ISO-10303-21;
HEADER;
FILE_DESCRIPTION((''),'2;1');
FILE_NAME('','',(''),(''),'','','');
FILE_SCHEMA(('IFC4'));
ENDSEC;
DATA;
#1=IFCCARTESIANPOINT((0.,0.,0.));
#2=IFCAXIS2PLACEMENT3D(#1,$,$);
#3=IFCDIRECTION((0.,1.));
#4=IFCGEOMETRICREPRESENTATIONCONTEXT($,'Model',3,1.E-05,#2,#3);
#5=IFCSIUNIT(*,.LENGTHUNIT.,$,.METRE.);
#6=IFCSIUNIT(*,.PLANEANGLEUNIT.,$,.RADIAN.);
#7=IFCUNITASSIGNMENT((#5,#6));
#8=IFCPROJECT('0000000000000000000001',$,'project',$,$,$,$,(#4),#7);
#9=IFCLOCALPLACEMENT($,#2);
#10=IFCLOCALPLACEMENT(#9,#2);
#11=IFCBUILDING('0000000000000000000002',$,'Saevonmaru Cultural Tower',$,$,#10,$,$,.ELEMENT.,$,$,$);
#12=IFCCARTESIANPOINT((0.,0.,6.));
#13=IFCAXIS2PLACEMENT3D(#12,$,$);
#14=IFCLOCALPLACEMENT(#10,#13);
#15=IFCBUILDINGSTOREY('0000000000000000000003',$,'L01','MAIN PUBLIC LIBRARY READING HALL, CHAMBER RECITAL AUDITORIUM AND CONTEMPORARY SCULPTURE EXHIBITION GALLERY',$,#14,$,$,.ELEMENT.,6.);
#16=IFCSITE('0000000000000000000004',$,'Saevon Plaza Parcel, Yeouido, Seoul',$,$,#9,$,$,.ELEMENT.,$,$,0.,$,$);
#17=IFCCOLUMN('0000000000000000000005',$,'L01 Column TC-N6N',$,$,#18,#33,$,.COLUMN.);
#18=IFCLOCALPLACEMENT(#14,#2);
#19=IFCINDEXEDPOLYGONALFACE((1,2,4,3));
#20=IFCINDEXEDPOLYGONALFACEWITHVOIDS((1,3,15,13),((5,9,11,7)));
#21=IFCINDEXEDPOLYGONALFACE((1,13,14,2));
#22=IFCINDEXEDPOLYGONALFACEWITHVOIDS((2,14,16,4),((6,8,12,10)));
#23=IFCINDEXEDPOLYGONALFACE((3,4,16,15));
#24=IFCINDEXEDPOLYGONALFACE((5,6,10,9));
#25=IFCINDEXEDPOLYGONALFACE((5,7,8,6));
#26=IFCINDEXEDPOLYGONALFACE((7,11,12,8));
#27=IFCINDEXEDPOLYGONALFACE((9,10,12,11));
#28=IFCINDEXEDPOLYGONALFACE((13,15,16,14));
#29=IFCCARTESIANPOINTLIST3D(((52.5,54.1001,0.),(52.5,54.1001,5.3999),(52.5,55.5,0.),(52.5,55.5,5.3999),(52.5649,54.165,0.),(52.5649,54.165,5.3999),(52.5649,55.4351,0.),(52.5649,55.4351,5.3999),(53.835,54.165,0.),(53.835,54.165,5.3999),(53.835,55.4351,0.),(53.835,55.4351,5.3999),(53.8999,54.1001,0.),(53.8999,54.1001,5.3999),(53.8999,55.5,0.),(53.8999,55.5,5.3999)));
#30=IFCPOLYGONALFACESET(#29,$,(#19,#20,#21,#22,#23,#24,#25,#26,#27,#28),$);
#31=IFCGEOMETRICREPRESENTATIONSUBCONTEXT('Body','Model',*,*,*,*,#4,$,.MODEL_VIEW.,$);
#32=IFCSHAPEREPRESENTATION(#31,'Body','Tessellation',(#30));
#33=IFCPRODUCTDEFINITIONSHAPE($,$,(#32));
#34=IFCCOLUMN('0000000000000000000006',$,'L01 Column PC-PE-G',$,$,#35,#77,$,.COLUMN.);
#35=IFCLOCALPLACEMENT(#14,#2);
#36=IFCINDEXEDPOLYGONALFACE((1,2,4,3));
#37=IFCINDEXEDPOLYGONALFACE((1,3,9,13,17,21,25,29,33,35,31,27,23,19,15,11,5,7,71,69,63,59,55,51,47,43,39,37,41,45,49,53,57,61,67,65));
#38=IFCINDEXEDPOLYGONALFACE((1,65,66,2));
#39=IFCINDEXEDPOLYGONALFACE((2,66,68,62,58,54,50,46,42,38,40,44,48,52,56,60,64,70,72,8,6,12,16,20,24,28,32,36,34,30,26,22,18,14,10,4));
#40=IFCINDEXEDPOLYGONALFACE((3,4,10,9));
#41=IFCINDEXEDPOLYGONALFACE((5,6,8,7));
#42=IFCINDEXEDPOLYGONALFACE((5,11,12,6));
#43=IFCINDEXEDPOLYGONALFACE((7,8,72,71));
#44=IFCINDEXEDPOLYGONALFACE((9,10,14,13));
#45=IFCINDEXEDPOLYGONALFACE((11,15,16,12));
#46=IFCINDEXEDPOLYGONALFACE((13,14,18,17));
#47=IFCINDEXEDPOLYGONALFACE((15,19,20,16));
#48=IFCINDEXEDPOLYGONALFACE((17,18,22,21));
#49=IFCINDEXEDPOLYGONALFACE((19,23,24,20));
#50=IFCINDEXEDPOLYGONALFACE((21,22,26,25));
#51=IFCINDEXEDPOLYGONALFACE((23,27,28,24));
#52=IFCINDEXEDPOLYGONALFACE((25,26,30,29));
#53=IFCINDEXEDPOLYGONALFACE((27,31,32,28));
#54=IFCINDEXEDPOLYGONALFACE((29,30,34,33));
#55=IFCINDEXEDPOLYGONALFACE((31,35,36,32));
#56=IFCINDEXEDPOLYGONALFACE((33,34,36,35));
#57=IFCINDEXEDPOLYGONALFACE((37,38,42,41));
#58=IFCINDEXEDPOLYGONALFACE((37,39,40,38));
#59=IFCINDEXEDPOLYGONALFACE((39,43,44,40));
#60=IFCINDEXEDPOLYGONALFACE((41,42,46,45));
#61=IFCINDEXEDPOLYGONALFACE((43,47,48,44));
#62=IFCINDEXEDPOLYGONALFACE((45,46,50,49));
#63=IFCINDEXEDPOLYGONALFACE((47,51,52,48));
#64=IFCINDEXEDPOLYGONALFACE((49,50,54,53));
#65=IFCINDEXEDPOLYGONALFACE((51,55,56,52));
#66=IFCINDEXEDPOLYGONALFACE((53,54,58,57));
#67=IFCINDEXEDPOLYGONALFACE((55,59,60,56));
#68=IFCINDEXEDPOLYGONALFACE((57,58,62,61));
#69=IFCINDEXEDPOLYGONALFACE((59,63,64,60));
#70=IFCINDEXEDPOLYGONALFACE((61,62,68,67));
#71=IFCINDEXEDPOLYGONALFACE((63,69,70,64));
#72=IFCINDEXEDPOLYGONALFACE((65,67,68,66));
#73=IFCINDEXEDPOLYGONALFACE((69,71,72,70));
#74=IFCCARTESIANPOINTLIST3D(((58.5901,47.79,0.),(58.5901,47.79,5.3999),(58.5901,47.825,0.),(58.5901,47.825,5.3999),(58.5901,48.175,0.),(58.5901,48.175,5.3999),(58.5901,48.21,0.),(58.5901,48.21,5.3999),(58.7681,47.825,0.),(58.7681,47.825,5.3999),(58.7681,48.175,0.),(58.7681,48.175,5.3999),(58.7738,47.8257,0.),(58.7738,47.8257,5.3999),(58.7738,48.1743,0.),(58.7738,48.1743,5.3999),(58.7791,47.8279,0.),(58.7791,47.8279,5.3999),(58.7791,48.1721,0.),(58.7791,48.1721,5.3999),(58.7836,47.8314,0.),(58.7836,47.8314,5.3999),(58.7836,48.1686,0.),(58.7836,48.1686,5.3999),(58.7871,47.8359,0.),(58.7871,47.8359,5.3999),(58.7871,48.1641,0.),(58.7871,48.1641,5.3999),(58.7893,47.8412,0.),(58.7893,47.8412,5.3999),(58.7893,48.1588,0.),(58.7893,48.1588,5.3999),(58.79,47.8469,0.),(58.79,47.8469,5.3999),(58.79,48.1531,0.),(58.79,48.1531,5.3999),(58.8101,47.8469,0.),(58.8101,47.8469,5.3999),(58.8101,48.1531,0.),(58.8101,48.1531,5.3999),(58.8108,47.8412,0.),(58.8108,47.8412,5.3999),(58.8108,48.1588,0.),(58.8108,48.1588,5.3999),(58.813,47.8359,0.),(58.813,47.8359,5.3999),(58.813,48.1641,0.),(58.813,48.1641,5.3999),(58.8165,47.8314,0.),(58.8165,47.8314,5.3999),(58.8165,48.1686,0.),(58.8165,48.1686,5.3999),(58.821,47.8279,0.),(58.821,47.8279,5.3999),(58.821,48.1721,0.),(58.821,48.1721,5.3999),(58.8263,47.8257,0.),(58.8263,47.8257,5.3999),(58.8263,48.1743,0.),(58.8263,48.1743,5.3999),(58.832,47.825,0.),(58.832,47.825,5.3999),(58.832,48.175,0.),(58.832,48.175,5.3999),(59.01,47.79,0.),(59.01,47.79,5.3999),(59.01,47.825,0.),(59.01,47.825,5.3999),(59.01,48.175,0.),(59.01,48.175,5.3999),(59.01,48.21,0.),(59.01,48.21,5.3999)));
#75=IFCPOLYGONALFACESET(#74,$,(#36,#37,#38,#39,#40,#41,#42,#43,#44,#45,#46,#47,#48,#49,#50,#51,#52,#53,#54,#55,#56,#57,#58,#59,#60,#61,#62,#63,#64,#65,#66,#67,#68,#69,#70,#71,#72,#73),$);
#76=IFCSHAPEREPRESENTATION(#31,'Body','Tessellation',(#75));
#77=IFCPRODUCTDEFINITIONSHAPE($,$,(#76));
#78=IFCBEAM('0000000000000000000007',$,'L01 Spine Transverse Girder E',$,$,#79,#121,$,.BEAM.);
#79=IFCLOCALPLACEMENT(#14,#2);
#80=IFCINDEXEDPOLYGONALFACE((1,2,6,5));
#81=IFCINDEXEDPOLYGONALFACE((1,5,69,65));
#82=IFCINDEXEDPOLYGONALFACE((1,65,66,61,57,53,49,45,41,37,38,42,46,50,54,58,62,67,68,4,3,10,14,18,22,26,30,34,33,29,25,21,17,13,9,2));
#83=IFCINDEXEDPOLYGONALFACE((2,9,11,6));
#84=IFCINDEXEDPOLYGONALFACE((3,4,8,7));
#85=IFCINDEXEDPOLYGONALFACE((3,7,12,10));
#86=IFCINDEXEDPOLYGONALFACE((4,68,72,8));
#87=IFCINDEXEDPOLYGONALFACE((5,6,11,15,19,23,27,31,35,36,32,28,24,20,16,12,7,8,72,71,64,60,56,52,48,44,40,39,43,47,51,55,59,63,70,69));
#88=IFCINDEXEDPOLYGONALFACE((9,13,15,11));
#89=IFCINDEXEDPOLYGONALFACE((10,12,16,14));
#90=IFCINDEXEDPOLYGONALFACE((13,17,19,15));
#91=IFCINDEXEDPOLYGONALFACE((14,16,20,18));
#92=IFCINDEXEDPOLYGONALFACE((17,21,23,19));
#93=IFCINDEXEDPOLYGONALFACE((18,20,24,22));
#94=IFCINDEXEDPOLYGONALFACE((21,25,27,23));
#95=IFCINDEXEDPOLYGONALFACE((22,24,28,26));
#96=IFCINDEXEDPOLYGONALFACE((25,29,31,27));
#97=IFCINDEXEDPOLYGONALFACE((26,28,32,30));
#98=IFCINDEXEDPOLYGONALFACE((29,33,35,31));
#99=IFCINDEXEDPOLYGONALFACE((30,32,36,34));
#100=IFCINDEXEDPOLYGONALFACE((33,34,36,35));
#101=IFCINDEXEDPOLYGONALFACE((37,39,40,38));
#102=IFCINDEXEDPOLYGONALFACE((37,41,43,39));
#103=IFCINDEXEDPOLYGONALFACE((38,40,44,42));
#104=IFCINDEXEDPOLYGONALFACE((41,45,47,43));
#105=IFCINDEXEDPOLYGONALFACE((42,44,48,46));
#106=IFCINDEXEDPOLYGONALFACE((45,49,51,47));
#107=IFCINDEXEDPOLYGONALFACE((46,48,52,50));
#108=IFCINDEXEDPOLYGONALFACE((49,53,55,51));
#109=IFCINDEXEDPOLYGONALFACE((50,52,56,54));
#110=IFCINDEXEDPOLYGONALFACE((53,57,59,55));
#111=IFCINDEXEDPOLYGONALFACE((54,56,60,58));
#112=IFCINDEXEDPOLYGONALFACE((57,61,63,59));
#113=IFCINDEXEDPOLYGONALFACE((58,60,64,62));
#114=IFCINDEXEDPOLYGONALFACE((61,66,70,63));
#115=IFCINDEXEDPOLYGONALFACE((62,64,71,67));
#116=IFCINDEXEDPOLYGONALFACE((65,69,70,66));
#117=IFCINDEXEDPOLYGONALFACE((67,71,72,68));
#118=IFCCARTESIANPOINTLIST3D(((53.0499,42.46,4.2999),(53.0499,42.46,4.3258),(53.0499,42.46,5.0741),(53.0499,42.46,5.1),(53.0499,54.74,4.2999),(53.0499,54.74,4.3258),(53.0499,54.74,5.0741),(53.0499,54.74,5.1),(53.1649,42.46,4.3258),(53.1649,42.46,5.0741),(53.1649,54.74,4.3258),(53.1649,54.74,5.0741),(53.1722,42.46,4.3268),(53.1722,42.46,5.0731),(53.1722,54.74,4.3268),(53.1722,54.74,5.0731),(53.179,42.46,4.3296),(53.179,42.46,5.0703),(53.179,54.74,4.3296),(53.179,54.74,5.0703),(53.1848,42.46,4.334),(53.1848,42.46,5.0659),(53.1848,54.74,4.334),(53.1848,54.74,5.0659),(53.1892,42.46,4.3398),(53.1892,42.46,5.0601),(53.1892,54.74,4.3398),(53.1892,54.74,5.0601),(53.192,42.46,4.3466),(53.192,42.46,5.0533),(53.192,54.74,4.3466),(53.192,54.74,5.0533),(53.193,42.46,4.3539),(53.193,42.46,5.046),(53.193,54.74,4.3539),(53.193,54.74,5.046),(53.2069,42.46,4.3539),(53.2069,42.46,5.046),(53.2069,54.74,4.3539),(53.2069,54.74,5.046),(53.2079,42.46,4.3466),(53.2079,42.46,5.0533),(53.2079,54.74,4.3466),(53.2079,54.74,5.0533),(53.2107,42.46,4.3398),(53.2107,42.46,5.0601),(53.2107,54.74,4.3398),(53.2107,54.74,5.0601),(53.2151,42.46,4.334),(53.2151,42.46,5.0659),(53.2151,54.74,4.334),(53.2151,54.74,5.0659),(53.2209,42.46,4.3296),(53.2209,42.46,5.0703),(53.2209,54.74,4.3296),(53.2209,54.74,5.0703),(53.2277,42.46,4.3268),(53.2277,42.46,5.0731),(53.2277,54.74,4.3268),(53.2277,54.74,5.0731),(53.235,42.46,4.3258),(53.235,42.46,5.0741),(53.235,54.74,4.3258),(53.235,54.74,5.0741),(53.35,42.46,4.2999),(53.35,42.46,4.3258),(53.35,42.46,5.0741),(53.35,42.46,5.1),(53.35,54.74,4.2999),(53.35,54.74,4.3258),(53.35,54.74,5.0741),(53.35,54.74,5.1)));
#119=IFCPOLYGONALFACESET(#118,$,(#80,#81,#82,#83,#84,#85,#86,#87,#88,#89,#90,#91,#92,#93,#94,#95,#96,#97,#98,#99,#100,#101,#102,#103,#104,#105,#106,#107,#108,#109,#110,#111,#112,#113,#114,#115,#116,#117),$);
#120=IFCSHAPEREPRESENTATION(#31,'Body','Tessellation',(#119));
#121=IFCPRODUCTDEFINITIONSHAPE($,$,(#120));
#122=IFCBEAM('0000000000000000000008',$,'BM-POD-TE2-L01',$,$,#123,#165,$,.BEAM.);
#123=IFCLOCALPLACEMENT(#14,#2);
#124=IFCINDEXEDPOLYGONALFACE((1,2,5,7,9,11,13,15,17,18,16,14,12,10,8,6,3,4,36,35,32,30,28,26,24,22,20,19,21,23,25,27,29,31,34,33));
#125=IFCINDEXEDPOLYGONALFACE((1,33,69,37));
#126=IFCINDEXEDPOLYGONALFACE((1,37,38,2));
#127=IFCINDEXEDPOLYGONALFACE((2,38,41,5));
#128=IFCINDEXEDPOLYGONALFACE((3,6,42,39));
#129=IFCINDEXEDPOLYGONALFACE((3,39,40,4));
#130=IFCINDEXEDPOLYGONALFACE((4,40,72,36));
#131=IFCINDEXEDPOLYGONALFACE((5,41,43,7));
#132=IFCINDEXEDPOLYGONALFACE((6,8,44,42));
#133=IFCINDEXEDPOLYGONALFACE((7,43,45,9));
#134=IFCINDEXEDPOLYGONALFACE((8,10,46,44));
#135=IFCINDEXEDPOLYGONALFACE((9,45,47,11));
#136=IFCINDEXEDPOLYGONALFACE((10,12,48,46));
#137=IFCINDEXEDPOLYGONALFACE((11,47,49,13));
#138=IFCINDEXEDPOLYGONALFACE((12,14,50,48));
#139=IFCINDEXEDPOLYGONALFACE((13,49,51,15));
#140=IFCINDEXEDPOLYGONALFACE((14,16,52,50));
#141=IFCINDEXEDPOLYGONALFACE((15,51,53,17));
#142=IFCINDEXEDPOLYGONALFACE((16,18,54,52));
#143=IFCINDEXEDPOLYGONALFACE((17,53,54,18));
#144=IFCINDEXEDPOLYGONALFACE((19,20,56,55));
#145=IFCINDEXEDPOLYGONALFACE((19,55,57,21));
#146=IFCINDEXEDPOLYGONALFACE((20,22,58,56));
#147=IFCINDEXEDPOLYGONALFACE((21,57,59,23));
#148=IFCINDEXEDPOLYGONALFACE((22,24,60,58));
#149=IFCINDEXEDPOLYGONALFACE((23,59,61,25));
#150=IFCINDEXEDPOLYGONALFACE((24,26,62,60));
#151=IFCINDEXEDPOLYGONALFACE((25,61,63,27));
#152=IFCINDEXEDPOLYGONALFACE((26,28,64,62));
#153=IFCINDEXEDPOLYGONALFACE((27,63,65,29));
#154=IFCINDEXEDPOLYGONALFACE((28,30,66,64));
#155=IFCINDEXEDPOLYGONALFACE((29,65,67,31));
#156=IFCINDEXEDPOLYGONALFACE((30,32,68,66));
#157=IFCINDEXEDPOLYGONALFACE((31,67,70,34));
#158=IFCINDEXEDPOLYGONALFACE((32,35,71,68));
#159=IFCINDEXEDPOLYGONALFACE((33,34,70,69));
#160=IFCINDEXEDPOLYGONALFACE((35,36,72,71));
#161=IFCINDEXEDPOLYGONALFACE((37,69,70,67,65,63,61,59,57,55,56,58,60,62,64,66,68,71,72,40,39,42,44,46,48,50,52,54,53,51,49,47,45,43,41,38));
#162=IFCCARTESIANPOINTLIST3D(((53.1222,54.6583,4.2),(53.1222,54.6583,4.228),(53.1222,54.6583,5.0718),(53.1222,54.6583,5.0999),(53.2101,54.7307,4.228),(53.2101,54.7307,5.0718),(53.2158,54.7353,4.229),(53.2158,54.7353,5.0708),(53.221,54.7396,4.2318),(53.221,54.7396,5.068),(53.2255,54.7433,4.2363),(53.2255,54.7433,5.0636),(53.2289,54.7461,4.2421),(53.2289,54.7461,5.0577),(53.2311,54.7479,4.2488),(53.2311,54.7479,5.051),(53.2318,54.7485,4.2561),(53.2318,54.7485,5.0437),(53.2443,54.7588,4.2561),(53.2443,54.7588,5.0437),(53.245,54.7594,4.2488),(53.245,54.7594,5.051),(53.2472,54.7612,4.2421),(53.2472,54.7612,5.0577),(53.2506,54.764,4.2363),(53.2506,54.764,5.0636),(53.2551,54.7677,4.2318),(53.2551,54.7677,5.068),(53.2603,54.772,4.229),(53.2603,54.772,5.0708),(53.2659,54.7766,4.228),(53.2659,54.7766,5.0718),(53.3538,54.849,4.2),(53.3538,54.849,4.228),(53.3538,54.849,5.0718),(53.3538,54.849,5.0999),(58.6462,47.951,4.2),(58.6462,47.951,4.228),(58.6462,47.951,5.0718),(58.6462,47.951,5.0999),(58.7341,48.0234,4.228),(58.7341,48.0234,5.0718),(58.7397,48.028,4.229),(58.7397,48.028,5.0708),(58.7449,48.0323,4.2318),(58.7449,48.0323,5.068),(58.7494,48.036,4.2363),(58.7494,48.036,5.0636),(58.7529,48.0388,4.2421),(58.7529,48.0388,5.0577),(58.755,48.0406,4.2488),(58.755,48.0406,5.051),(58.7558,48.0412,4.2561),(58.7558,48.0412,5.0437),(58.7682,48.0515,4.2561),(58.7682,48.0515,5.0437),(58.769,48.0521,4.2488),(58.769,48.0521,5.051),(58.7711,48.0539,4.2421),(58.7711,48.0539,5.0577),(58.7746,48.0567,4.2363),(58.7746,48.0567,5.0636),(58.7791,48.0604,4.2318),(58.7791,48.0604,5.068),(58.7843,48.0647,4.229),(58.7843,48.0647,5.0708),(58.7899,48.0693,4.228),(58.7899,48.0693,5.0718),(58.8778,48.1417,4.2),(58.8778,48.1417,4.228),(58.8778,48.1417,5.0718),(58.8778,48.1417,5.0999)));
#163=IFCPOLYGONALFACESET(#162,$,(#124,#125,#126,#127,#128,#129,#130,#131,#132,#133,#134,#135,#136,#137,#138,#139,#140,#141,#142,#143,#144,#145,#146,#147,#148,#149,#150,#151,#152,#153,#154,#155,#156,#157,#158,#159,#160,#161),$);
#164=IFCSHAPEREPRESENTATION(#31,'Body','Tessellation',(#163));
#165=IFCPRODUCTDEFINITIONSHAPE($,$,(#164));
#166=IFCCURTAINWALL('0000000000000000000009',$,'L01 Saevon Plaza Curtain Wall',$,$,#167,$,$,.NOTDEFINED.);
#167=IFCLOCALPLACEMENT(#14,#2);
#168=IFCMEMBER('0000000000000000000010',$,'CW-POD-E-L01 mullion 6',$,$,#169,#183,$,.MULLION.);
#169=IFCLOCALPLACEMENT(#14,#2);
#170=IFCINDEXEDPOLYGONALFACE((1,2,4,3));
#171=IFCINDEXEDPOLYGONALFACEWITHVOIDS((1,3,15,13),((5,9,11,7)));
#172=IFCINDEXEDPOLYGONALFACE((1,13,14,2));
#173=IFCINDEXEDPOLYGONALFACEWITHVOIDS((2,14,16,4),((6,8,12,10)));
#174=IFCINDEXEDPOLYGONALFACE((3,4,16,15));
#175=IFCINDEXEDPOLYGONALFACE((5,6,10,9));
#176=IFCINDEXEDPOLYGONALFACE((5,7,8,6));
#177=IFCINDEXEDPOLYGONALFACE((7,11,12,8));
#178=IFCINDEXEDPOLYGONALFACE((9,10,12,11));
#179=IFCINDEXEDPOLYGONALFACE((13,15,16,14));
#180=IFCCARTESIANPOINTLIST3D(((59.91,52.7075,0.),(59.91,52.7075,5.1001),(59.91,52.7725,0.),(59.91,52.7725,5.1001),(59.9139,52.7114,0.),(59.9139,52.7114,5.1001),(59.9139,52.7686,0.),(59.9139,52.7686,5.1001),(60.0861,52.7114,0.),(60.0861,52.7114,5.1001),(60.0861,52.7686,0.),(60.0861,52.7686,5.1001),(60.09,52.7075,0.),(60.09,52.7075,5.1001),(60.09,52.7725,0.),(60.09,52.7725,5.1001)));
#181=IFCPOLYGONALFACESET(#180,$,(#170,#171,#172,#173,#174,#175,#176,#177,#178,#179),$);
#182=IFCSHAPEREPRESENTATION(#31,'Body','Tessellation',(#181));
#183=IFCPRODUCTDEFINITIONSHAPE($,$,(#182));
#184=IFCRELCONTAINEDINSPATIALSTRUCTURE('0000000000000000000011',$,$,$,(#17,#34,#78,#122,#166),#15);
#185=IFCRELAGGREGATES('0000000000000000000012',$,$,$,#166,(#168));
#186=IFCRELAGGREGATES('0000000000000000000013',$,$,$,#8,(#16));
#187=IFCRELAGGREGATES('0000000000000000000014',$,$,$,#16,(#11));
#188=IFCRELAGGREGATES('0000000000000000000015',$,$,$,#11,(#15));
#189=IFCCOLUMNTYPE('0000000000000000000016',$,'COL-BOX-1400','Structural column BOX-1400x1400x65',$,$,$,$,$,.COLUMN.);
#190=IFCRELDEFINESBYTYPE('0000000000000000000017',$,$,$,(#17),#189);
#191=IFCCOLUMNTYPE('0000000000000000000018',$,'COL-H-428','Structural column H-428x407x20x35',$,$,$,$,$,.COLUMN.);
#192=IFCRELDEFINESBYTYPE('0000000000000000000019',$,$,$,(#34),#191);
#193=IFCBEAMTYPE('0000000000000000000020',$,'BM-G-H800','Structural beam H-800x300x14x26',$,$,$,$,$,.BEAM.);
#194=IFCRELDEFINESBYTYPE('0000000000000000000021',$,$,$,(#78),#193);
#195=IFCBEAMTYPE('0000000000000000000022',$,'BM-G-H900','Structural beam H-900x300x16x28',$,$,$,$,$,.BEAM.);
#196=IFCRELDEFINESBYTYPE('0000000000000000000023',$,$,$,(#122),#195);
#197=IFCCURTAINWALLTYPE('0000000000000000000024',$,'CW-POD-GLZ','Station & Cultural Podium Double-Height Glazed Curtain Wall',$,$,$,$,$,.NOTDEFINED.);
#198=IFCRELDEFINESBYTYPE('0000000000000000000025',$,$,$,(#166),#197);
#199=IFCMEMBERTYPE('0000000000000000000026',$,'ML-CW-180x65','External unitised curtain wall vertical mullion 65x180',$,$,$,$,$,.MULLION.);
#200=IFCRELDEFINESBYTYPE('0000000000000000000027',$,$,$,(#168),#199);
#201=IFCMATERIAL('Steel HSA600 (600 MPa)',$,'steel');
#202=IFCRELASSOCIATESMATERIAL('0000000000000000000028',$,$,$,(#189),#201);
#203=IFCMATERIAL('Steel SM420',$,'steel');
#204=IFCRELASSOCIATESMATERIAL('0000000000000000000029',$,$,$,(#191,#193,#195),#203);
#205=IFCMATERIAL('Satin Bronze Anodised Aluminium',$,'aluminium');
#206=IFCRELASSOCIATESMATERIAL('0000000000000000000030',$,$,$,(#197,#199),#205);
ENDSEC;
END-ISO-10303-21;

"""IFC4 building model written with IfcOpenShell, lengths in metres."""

from ifc_helpers import new_model, si_unit, direction, frame, origin, origin_2d, place, context, subcontext, project, spatial, hollow_rectangle, i_section, extrude, material, material_profile, profile_set, type_object, element, aggregate, save


model = new_model("IFC4")

# Units and contexts
model_context = context("Model", 3, precision=1e-05, world=origin(), true_north=direction((0.0, 1.0)))
body_context = subcontext(model_context, "Body", "Model", "MODEL_VIEW")
ifc_project = project(units=[si_unit("LENGTHUNIT", "METRE"), si_unit("PLANEANGLEUNIT", "RADIAN")], contexts=[model_context])

# Site, building, storey
site_placement = place(None, origin())
site = spatial("IfcSite", under=ifc_project, at=site_placement, Name="Saevon Plaza Parcel, Yeouido, Seoul", CompositionType="ELEMENT", RefElevation=0.0)
building_placement = place(site_placement, origin())
building = spatial("IfcBuilding", under=site, at=building_placement, Name="Saevonmaru Cultural Tower", CompositionType="ELEMENT")
storey_placement = place(building_placement, frame((0.0, 0.0, 6.0)))
storey = spatial("IfcBuildingStorey", under=building, at=storey_placement, Name="L01", Description="MAIN PUBLIC LIBRARY READING HALL, CHAMBER RECITAL AUDITORIUM AND CONTEMPORARY SCULPTURE EXHIBITION GALLERY", CompositionType="ELEMENT", Elevation=6.0)

# Columns
ifc_material_1 = material(Name="Steel HSA600 (600 MPa)", Category="steel")
ifc_material_profile_1 = material_profile(ifc_material_1, hollow_rectangle(XDim=1.3999, YDim=1.3999, WallThickness=0.0649, at=origin_2d()), Name="BOX-1400x1400x65")
ifc_profile_set_1 = profile_set([ifc_material_profile_1], Name="Steel HSA600 (600 MPa)")
column_type_1 = type_object("IfcColumnType", Name="COL-BOX-1400", Description="Structural column BOX-1400x1400x65", PredefinedType="COLUMN", material=ifc_profile_set_1)
column_1_placement = place(storey_placement, frame((53.2, 54.8, 0.0), z_axis=(0.0, 0.0, 1.0), x_axis=(1.0, 0.0, 0.0)))
element("IfcColumn", 1, at=column_1_placement, inside=storey, type_object=column_type_1, Name="L01 Column TC-N6N", PredefinedType="COLUMN", context=body_context, shape_type="SweptSolid", body=[
    extrude(hollow_rectangle(XDim=1.3999, YDim=1.3999, WallThickness=0.0649, at=origin_2d()), origin(), (0.0, 0.0, 1.0), 5.3999),
])
ifc_material_2 = material(Name="Steel SM420", Category="steel")
ifc_material_profile_2 = material_profile(ifc_material_2, i_section(OverallWidth=0.4199, OverallDepth=0.4199, WebThickness=0.02, FlangeThickness=0.0349, FilletRadius=0.022, at=origin_2d()), Name="H-428x407x20x35")
ifc_profile_set_2 = profile_set([ifc_material_profile_2], Name="Steel SM420")
column_type_2 = type_object("IfcColumnType", Name="COL-H-428", Description="Structural column H-428x407x20x35", PredefinedType="COLUMN", material=ifc_profile_set_2)
column_2_placement = place(storey_placement, frame((58.8, 48.0, 0.0), z_axis=(0.0, 0.0, 1.0), x_axis=(1.0, 0.0, 0.0)))
element("IfcColumn", 2, at=column_2_placement, inside=storey, type_object=column_type_2, Name="L01 Column PC-PE-G", PredefinedType="COLUMN", context=body_context, shape_type="SweptSolid", body=[
    extrude(i_section(OverallWidth=0.4199, OverallDepth=0.4199, WebThickness=0.02, FlangeThickness=0.0349, FilletRadius=0.022, at=origin_2d()), origin(), (0.0, 0.0, 1.0), 5.3999),
])

# Beams
ifc_material_profile_3 = material_profile(ifc_material_2, i_section(OverallWidth=0.3, OverallDepth=0.8, WebThickness=0.0139, FlangeThickness=0.0259, FilletRadius=0.0281, at=origin_2d()), Name="H-800x300x14x26")
ifc_profile_set_3 = profile_set([ifc_material_profile_3], Name="Steel SM420")
beam_type_1 = type_object("IfcBeamType", Name="BM-G-H800", Description="Structural beam H-800x300x14x26", PredefinedType="BEAM", material=ifc_profile_set_3)
beam_1_placement = place(storey_placement, frame((53.2, 54.74, 4.7), z_axis=(0.0, -1.0, 0.0), x_axis=(1.0, 0.0, 0.0)))
element("IfcBeam", 3, at=beam_1_placement, inside=storey, type_object=beam_type_1, Name="L01 Spine Transverse Girder E", PredefinedType="BEAM", context=body_context, shape_type="SweptSolid", body=[
    extrude(i_section(OverallWidth=0.3, OverallDepth=0.8, WebThickness=0.0139, FlangeThickness=0.0259, FilletRadius=0.0281, at=origin_2d()), origin(), (0.0, 0.0, 1.0), 12.28),
])
ifc_material_profile_4 = material_profile(ifc_material_2, i_section(OverallWidth=0.3, OverallDepth=0.8999, WebThickness=0.0161, FlangeThickness=0.0281, FilletRadius=0.0281, at=origin_2d()), Name="H-900x300x16x28")
ifc_profile_set_4 = profile_set([ifc_material_profile_4], Name="Steel SM420")
beam_type_2 = type_object("IfcBeamType", Name="BM-G-H900", Description="Structural beam H-900x300x16x28", PredefinedType="BEAM", material=ifc_profile_set_4)
beam_2_placement = place(storey_placement, frame((53.238, 54.7537, 4.6499), z_axis=(0.635727, -0.771914, 0.0), x_axis=(0.771914, 0.635727, 0.0)))
element("IfcBeam", 4, at=beam_2_placement, inside=storey, type_object=beam_type_2, Name="BM-POD-TE2-L01", PredefinedType="BEAM", context=body_context, shape_type="SweptSolid", body=[
    extrude(i_section(OverallWidth=0.3, OverallDepth=0.8999, WebThickness=0.0161, FlangeThickness=0.0281, FilletRadius=0.0281, at=origin_2d()), origin(), (0.0, 0.0, 1.0), 8.6892),
])

# Curtain wall, member
ifc_material_3 = material(Name="Satin Bronze Anodised Aluminium", Category="aluminium")
curtain_wall_type_1 = type_object("IfcCurtainWallType", Name="CW-POD-GLZ", Description="Station & Cultural Podium Double-Height Glazed Curtain Wall", PredefinedType="NOTDEFINED", material=ifc_material_3)
curtain_wall_1_placement = place(storey_placement, origin())
curtain_wall_1 = element("IfcCurtainWall", 5, at=curtain_wall_1_placement, inside=storey, type_object=curtain_wall_type_1, Name="L01 Saevon Plaza Curtain Wall", PredefinedType="NOTDEFINED")
ifc_material_profile_5 = material_profile(ifc_material_3, hollow_rectangle(XDim=0.0649, YDim=0.1799, WallThickness=0.0039, at=origin_2d()), Name="ALU-MULL-180x65x4")
ifc_profile_set_5 = profile_set([ifc_material_profile_5], Name="Satin Bronze Anodised Aluminium")
member_type_1 = type_object("IfcMemberType", Name="ML-CW-180x65", Description="External unitised curtain wall vertical mullion 65x180", PredefinedType="MULLION", material=ifc_profile_set_5)
member_1_placement = place(storey_placement, frame((60.0, 52.74, 0.0), z_axis=(0.0, 0.0, 1.0), x_axis=(0.0, 1.0, 0.0)))
member_1 = element("IfcMember", 6, at=member_1_placement, type_object=member_type_1, Name="CW-POD-E-L01 mullion 6", PredefinedType="MULLION", context=body_context, shape_type="SweptSolid", body=[
    extrude(hollow_rectangle(XDim=0.0649, YDim=0.1799, WallThickness=0.0039, at=origin_2d()), origin(), (0.0, 0.0, 1.0), 5.1001),
])

aggregate(curtain_wall_1, [member_1])

save(model, "model.ifc")
